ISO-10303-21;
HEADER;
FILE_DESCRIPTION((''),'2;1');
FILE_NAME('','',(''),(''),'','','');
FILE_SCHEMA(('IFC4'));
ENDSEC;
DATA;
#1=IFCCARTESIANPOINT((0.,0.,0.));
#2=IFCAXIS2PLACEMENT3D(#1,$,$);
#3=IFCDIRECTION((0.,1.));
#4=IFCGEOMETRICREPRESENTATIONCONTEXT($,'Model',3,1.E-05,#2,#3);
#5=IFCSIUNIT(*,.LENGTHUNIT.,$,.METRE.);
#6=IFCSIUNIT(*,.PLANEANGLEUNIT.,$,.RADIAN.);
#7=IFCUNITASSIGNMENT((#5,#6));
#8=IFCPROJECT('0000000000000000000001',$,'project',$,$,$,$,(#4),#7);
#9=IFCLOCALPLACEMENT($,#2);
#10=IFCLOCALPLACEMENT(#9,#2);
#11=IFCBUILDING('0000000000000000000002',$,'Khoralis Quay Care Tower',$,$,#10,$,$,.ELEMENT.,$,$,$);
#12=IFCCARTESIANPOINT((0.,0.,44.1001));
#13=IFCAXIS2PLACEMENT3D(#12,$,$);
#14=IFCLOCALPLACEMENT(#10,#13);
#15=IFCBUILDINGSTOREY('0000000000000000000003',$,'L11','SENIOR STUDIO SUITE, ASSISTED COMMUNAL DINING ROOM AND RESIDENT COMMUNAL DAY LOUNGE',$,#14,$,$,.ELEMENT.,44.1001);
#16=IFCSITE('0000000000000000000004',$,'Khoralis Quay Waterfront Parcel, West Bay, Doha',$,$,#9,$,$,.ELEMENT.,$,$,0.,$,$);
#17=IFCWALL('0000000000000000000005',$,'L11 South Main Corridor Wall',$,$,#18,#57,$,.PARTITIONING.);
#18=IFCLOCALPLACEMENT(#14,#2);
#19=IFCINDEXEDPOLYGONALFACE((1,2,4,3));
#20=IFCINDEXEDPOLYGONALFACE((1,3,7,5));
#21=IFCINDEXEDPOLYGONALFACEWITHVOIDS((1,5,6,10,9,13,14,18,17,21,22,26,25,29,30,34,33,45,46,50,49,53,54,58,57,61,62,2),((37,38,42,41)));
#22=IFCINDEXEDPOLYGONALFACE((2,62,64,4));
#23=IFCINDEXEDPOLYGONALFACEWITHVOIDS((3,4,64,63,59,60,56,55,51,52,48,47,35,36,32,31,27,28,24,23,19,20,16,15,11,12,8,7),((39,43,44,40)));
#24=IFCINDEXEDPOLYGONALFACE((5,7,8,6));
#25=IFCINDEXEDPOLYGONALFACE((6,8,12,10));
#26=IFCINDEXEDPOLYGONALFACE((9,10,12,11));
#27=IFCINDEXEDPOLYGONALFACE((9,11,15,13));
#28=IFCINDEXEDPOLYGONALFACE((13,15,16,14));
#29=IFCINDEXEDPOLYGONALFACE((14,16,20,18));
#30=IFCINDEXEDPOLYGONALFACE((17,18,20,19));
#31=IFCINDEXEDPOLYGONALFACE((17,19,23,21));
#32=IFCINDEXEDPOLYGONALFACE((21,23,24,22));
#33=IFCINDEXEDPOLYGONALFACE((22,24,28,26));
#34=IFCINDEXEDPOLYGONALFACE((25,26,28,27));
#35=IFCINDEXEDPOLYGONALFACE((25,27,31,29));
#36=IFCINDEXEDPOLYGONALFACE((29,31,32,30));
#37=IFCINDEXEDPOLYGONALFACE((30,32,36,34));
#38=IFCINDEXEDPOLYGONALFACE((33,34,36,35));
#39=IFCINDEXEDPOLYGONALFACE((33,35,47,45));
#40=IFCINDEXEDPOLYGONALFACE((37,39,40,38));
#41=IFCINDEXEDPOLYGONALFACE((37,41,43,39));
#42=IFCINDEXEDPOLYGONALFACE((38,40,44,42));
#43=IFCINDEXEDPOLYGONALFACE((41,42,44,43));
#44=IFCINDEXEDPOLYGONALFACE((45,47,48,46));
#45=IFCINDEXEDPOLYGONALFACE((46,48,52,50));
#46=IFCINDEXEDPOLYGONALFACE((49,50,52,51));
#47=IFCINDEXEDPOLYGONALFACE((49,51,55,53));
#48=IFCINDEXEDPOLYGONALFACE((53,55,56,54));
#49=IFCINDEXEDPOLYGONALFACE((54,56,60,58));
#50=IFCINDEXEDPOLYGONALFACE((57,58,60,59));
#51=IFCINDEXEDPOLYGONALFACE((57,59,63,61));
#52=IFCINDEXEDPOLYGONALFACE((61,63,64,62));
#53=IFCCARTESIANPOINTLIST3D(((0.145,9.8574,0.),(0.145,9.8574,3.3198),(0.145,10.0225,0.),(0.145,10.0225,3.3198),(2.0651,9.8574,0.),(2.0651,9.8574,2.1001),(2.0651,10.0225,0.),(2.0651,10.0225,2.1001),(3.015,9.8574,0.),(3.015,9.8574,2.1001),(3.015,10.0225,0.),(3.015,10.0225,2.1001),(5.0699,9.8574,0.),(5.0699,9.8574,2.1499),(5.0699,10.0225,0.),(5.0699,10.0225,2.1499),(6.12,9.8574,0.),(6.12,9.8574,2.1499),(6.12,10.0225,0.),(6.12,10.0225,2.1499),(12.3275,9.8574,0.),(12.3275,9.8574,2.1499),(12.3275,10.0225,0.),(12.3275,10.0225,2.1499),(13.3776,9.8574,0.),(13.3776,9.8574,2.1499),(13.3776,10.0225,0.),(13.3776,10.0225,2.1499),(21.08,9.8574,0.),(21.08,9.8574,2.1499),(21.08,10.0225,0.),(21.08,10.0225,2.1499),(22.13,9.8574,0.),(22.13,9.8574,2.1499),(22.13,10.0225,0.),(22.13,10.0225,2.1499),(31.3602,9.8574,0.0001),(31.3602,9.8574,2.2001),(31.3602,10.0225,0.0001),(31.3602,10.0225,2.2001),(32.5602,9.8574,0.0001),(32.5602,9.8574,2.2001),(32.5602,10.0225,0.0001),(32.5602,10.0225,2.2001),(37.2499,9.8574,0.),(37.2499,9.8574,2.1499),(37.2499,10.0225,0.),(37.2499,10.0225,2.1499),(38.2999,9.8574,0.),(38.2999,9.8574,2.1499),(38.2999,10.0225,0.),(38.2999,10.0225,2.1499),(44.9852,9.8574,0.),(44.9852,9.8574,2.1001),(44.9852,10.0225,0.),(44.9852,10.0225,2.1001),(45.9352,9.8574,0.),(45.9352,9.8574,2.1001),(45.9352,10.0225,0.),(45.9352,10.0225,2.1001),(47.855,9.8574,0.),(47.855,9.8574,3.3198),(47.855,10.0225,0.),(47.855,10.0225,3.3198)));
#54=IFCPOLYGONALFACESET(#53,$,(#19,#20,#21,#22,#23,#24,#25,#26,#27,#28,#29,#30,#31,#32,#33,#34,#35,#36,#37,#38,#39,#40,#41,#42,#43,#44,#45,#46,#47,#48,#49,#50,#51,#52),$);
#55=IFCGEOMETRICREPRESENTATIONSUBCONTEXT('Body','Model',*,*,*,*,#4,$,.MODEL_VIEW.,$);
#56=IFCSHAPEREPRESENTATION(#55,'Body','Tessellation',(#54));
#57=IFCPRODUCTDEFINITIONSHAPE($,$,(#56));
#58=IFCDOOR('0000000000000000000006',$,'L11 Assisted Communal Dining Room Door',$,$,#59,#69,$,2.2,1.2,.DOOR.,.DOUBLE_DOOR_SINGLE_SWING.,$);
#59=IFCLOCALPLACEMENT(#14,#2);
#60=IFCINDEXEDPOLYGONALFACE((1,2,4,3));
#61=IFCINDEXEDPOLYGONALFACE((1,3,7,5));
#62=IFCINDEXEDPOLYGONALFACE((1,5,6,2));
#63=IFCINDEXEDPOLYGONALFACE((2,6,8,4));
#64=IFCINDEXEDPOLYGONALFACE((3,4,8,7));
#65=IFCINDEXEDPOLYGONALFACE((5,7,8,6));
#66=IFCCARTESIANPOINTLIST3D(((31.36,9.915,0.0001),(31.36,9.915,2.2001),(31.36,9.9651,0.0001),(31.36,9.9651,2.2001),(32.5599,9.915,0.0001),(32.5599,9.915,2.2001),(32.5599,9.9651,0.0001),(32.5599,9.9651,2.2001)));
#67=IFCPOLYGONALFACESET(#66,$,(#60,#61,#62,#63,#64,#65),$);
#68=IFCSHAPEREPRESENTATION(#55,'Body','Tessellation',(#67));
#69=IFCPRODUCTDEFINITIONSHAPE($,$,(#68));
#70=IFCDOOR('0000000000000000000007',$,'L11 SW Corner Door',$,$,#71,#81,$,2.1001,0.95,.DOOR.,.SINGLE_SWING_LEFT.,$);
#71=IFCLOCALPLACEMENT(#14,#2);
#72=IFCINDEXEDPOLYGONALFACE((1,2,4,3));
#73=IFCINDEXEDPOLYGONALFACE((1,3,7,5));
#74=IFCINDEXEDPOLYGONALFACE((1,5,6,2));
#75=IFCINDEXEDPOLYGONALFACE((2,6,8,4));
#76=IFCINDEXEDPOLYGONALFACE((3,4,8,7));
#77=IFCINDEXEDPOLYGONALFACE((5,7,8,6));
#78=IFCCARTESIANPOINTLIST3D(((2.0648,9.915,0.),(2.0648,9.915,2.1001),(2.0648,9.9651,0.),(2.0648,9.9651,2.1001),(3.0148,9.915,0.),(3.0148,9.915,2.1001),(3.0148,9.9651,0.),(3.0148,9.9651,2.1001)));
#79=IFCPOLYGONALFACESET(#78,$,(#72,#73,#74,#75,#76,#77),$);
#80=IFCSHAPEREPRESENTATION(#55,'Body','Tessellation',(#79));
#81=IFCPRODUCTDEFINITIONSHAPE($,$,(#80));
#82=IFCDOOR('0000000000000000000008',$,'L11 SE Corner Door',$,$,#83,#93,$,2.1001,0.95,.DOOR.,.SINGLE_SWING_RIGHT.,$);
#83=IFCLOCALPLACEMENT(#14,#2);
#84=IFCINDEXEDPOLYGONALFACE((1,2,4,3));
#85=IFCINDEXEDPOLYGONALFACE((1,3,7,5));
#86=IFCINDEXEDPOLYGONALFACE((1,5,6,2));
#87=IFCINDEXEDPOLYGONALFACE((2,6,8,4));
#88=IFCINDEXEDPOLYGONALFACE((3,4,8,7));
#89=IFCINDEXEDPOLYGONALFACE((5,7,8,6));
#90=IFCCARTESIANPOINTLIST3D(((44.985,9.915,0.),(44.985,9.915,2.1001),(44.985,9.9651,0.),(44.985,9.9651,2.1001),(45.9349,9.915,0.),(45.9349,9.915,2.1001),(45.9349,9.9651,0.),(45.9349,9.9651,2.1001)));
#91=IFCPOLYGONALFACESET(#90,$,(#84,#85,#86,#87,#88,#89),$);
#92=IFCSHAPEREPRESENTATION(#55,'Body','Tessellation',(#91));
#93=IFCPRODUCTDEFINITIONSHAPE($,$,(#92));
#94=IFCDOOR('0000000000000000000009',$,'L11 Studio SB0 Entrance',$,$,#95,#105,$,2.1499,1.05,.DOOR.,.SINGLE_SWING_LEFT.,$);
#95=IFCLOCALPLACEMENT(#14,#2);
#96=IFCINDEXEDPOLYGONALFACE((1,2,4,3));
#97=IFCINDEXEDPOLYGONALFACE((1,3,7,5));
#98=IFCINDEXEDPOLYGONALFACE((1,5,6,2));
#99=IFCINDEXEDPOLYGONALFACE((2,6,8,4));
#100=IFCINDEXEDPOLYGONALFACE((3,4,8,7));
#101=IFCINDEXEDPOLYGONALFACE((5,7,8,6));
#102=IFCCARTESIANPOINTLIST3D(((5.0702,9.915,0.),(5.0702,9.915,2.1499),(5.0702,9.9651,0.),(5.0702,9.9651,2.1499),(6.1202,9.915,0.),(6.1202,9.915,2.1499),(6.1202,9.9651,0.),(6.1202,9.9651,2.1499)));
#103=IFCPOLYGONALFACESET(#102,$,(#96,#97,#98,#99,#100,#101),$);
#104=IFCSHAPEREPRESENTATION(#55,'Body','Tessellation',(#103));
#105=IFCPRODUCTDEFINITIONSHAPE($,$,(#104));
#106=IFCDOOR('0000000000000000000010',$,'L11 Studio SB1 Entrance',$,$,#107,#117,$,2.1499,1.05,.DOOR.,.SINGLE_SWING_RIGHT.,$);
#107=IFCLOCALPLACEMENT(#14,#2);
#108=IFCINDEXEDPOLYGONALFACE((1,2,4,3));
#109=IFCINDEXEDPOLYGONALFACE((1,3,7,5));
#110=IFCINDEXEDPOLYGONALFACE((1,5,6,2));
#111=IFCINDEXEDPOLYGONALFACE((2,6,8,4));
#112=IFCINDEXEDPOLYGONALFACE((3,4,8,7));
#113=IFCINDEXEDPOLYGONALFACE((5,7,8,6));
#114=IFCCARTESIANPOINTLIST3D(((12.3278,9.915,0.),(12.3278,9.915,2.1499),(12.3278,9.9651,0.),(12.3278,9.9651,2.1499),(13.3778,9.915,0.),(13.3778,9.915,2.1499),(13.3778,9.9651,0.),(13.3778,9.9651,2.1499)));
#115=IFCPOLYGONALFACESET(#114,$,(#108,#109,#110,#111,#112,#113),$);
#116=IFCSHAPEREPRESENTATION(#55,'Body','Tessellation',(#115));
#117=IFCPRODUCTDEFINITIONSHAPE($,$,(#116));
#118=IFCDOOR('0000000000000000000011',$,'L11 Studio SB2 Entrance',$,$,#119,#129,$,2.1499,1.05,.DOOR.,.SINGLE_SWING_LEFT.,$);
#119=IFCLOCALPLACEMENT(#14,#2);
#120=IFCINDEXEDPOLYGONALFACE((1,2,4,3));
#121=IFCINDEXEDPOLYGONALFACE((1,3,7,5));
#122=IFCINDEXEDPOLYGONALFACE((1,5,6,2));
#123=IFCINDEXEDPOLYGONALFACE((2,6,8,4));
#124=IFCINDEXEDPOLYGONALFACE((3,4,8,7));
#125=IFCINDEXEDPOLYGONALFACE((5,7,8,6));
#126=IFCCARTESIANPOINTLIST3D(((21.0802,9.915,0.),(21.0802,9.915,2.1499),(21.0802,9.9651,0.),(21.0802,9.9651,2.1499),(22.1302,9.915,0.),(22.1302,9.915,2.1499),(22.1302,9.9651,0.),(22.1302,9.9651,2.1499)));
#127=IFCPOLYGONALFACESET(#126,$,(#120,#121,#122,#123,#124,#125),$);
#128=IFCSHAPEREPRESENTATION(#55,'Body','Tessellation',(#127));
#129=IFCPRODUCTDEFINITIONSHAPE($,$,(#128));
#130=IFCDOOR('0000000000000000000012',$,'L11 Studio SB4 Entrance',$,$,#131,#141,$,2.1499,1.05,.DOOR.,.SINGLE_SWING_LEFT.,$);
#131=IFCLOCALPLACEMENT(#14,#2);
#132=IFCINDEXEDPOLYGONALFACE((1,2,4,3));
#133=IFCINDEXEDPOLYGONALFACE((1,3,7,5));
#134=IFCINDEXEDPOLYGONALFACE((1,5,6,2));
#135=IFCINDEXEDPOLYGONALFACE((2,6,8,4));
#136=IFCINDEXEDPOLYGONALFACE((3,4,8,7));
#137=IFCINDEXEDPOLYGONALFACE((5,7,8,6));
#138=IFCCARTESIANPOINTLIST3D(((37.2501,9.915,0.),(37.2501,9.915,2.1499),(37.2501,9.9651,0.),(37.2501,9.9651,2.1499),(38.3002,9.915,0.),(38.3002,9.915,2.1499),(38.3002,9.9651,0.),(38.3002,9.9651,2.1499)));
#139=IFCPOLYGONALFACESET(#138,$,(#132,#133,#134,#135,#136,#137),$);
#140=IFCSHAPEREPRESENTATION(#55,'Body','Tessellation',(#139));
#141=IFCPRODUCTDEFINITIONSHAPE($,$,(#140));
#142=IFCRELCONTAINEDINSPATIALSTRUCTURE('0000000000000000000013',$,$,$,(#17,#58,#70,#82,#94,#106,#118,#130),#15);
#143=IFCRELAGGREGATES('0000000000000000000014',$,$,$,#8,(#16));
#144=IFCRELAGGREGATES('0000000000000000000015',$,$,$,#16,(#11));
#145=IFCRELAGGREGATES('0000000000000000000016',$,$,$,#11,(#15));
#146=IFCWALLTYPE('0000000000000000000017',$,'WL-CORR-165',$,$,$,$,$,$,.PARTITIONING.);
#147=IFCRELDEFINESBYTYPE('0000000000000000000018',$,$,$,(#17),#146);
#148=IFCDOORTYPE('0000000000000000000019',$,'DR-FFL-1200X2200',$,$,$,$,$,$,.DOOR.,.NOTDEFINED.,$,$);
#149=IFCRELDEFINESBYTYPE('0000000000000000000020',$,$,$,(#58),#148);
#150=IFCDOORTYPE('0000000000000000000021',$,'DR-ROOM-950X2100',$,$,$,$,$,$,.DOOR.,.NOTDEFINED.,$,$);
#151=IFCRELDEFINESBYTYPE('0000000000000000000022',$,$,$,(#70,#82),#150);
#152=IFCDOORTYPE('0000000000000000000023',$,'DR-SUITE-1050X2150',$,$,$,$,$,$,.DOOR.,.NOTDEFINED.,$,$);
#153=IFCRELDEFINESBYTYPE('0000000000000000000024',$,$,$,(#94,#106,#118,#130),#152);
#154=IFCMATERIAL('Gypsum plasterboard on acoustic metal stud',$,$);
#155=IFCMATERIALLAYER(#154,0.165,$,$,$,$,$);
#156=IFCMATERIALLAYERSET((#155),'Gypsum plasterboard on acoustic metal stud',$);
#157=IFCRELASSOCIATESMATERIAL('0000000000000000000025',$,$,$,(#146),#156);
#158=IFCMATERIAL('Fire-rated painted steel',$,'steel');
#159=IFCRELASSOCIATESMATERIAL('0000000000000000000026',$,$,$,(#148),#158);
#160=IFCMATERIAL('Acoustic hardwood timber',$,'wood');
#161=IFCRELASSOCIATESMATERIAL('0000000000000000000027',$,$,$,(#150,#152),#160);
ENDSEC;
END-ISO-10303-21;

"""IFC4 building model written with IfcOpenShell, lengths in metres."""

from ifc_helpers import new_model, si_unit, direction, frame, frame_2d, origin, place, context, subcontext, project, spatial, rectangle, extrude, source, transform, mapped, material, layer, layer_set, type_object, element, fill, save


model = new_model("IFC4")

# Units and contexts
model_context = context("Model", 3, precision=1e-05, world=origin(), true_north=direction((0.0, 1.0)))
body_context = subcontext(model_context, "Body", "Model", "MODEL_VIEW")
ifc_project = project(units=[si_unit("LENGTHUNIT", "METRE"), si_unit("PLANEANGLEUNIT", "RADIAN")], contexts=[model_context])

# Site, building, storey
site_placement = place(None, origin())
site = spatial("IfcSite", under=ifc_project, at=site_placement, Name="Khoralis Quay Waterfront Parcel, West Bay, Doha", CompositionType="ELEMENT", RefElevation=0.0)
building_placement = place(site_placement, origin())
building = spatial("IfcBuilding", under=site, at=building_placement, Name="Khoralis Quay Care Tower", CompositionType="ELEMENT")
storey_placement = place(building_placement, frame((0.0, 0.0, 44.1001)))
storey = spatial("IfcBuildingStorey", under=building, at=storey_placement, Name="L11", Description="SENIOR STUDIO SUITE, ASSISTED COMMUNAL DINING ROOM AND RESIDENT COMMUNAL DAY LOUNGE", CompositionType="ELEMENT", Elevation=44.1001)

# Wall, openings, doors
ifc_material_1 = material(Name="Gypsum plasterboard on acoustic metal stud")
ifc_layer_1 = layer(ifc_material_1, 0.165)
ifc_layer_set_1 = layer_set([ifc_layer_1], Name="Gypsum plasterboard on acoustic metal stud")
wall_type_1 = type_object("IfcWallType", Name="WL-CORR-165", PredefinedType="PARTITIONING", material=ifc_layer_set_1)
wall_1_placement = place(storey_placement, frame((0.145, 9.9399, 0.0), z_axis=(0.0, 0.0, 1.0), x_axis=(1.0, 0.0, 0.0)))
wall_1 = element("IfcWall", 1, at=wall_1_placement, inside=storey, type_object=wall_type_1, Name="L11 South Main Corridor Wall", PredefinedType="PARTITIONING", context=body_context, shape_type="SweptSolid", body=[
    extrude(rectangle(XDim=47.71, YDim=0.165, at=frame_2d((23.855, 0.0))), origin(), (0.0, 0.0, 1.0), 3.3198),
])
opening_1_placement = place(wall_1_placement, frame((4.925, 0.0, 0.0)))
opening_1 = element("IfcOpeningElement", 2, at=opening_1_placement, cuts=wall_1, PredefinedType="OPENING", context=body_context, shape_type="SweptSolid", body=[
    extrude(rectangle(XDim=1.05, YDim=2.1499, at=frame_2d((0.5249, 1.075))), frame((0.0, 0.0925, 0.0), z_axis=(0.0, -1.0, 0.0), x_axis=(1.0, 0.0, 0.0)), (0.0, 0.0, 1.0), 0.1851),
])
opening_2_placement = place(wall_1_placement, frame((12.1826, 0.0, 0.0)))
opening_2 = element("IfcOpeningElement", 3, at=opening_2_placement, cuts=wall_1, PredefinedType="OPENING", context=body_context, shape_type="SweptSolid", body=[
    extrude(rectangle(XDim=1.05, YDim=2.1499, at=frame_2d((0.5249, 1.075))), frame((0.0, 0.0925, 0.0), z_axis=(0.0, -1.0, 0.0), x_axis=(1.0, 0.0, 0.0)), (0.0, 0.0, 1.0), 0.1851),
])
opening_3_placement = place(wall_1_placement, frame((20.9351, 0.0, 0.0)))
opening_3 = element("IfcOpeningElement", 4, at=opening_3_placement, cuts=wall_1, PredefinedType="OPENING", context=body_context, shape_type="SweptSolid", body=[
    extrude(rectangle(XDim=1.05, YDim=2.1499, at=frame_2d((0.5249, 1.075))), frame((0.0, 0.0925, 0.0), z_axis=(0.0, -1.0, 0.0), x_axis=(1.0, 0.0, 0.0)), (0.0, 0.0, 1.0), 0.1851),
])
opening_4_placement = place(wall_1_placement, frame((31.2151, 0.0, 0.0)))
opening_4 = element("IfcOpeningElement", 5, at=opening_4_placement, cuts=wall_1, PredefinedType="OPENING", context=body_context, shape_type="SweptSolid", body=[
    extrude(rectangle(XDim=1.2, YDim=2.2, at=frame_2d((0.6001, 1.1001))), frame((0.0, 0.0925, 0.0), z_axis=(0.0, -1.0, 0.0), x_axis=(1.0, 0.0, 0.0)), (0.0, 0.0, 1.0), 0.1851),
])
opening_5_placement = place(wall_1_placement, frame((37.105, 0.0, 0.0)))
opening_5 = element("IfcOpeningElement", 6, at=opening_5_placement, cuts=wall_1, PredefinedType="OPENING", context=body_context, shape_type="SweptSolid", body=[
    extrude(rectangle(XDim=1.05, YDim=2.1499, at=frame_2d((0.5249, 1.075))), frame((0.0, 0.0925, 0.0), z_axis=(0.0, -1.0, 0.0), x_axis=(1.0, 0.0, 0.0)), (0.0, 0.0, 1.0), 0.1851),
])
opening_6_placement = place(wall_1_placement, frame((1.9199, 0.0, 0.0)))
opening_6 = element("IfcOpeningElement", 7, at=opening_6_placement, cuts=wall_1, PredefinedType="OPENING", context=body_context, shape_type="SweptSolid", body=[
    extrude(rectangle(XDim=0.95, YDim=2.1001, at=frame_2d((0.4751, 1.05))), frame((0.0, 0.0925, 0.0), z_axis=(0.0, -1.0, 0.0), x_axis=(1.0, 0.0, 0.0)), (0.0, 0.0, 1.0), 0.1851),
])
opening_7_placement = place(wall_1_placement, frame((44.8401, 0.0, 0.0)))
opening_7 = element("IfcOpeningElement", 8, at=opening_7_placement, cuts=wall_1, PredefinedType="OPENING", context=body_context, shape_type="SweptSolid", body=[
    extrude(rectangle(XDim=0.95, YDim=2.1001, at=frame_2d((0.4751, 1.05))), frame((0.0, 0.0925, 0.0), z_axis=(0.0, -1.0, 0.0), x_axis=(1.0, 0.0, 0.0)), (0.0, 0.0, 1.0), 0.1851),
])
ifc_material_2 = material(Name="Fire-rated painted steel", Category="steel")
door_type_1 = type_object("IfcDoorType", Name="DR-FFL-1200X2200", OperationType="NOTDEFINED", PredefinedType="DOOR", material=ifc_material_2)
shared_shape_1 = source(origin(), body_context, "Body", "SweptSolid", [
    extrude(rectangle(XDim=1.2, YDim=2.2, at=frame_2d((0.6001, 1.1001))), frame((0.0, 0.0249, 0.0), z_axis=(0.0, -1.0, 0.0), x_axis=(1.0, 0.0, 0.0)), (0.0, 0.0, 1.0), 0.05),
])
door_1_placement = place(opening_4_placement, frame((1.2, 0.0, 0.0), z_axis=(0.0, 0.0, 1.0), x_axis=(-1.0, 0.0, 0.0)))
door_1 = element("IfcDoor", 9, at=door_1_placement, inside=storey, type_object=door_type_1, Name="L11 Assisted Communal Dining Room Door", OperationType="DOUBLE_DOOR_SINGLE_SWING", OverallHeight=2.2, OverallWidth=1.2, PredefinedType="DOOR", context=body_context, shape_type="MappedRepresentation", body=[
    mapped(shared_shape_1, transform((0.0, 0.0, 0.0), scale=1.0)),
])
fill(opening_4, door_1)
ifc_material_3 = material(Name="Acoustic hardwood timber", Category="wood")
door_type_2 = type_object("IfcDoorType", Name="DR-ROOM-950X2100", OperationType="NOTDEFINED", PredefinedType="DOOR", material=ifc_material_3)
shared_shape_2 = source(origin(), body_context, "Body", "SweptSolid", [
    extrude(rectangle(XDim=0.95, YDim=2.1001, at=frame_2d((0.4751, 1.05))), frame((0.0, 0.0249, 0.0), z_axis=(0.0, -1.0, 0.0), x_axis=(1.0, 0.0, 0.0)), (0.0, 0.0, 1.0), 0.05),
])
door_2_placement = place(opening_6_placement, frame((0.95, 0.0, 0.0), z_axis=(0.0, 0.0, 1.0), x_axis=(-1.0, 0.0, 0.0)))
door_2 = element("IfcDoor", 10, at=door_2_placement, inside=storey, type_object=door_type_2, Name="L11 SW Corner Door", OperationType="SINGLE_SWING_LEFT", OverallHeight=2.1001, OverallWidth=0.95, PredefinedType="DOOR", context=body_context, shape_type="MappedRepresentation", body=[
    mapped(shared_shape_2, transform((0.0, 0.0, 0.0), scale=1.0)),
])
fill(opening_6, door_2)
door_3_placement = place(opening_7_placement, frame((0.95, 0.0, 0.0), z_axis=(0.0, 0.0, 1.0), x_axis=(-1.0, 0.0, 0.0)))
door_3 = element("IfcDoor", 11, at=door_3_placement, inside=storey, type_object=door_type_2, Name="L11 SE Corner Door", OperationType="SINGLE_SWING_RIGHT", OverallHeight=2.1001, OverallWidth=0.95, PredefinedType="DOOR", context=body_context, shape_type="MappedRepresentation", body=[
    mapped(shared_shape_2, transform((0.0, 0.0, 0.0), scale=1.0)),
])
fill(opening_7, door_3)
door_type_3 = type_object("IfcDoorType", Name="DR-SUITE-1050X2150", OperationType="NOTDEFINED", PredefinedType="DOOR", material=ifc_material_3)
shared_shape_3 = source(origin(), body_context, "Body", "SweptSolid", [
    extrude(rectangle(XDim=1.05, YDim=2.1499, at=frame_2d((0.5249, 1.075))), frame((0.0, 0.0249, 0.0), z_axis=(0.0, -1.0, 0.0), x_axis=(1.0, 0.0, 0.0)), (0.0, 0.0, 1.0), 0.05),
])
door_4_placement = place(opening_1_placement, frame((1.05, 0.0, 0.0), z_axis=(0.0, 0.0, 1.0), x_axis=(-1.0, 0.0, 0.0)))
door_4 = element("IfcDoor", 12, at=door_4_placement, inside=storey, type_object=door_type_3, Name="L11 Studio SB0 Entrance", OperationType="SINGLE_SWING_LEFT", OverallHeight=2.1499, OverallWidth=1.05, PredefinedType="DOOR", context=body_context, shape_type="MappedRepresentation", body=[
    mapped(shared_shape_3, transform((0.0, 0.0, 0.0), scale=1.0)),
])
fill(opening_1, door_4)
door_5_placement = place(opening_2_placement, frame((1.05, 0.0, 0.0), z_axis=(0.0, 0.0, 1.0), x_axis=(-1.0, 0.0, 0.0)))
door_5 = element("IfcDoor", 13, at=door_5_placement, inside=storey, type_object=door_type_3, Name="L11 Studio SB1 Entrance", OperationType="SINGLE_SWING_RIGHT", OverallHeight=2.1499, OverallWidth=1.05, PredefinedType="DOOR", context=body_context, shape_type="MappedRepresentation", body=[
    mapped(shared_shape_3, transform((0.0, 0.0, 0.0), scale=1.0)),
])
fill(opening_2, door_5)
door_6_placement = place(opening_3_placement, frame((1.05, 0.0, 0.0), z_axis=(0.0, 0.0, 1.0), x_axis=(-1.0, 0.0, 0.0)))
door_6 = element("IfcDoor", 14, at=door_6_placement, inside=storey, type_object=door_type_3, Name="L11 Studio SB2 Entrance", OperationType="SINGLE_SWING_LEFT", OverallHeight=2.1499, OverallWidth=1.05, PredefinedType="DOOR", context=body_context, shape_type="MappedRepresentation", body=[
    mapped(shared_shape_3, transform((0.0, 0.0, 0.0), scale=1.0)),
])
fill(opening_3, door_6)
door_7_placement = place(opening_5_placement, frame((1.05, 0.0, 0.0), z_axis=(0.0, 0.0, 1.0), x_axis=(-1.0, 0.0, 0.0)))
door_7 = element("IfcDoor", 15, at=door_7_placement, inside=storey, type_object=door_type_3, Name="L11 Studio SB4 Entrance", OperationType="SINGLE_SWING_LEFT", OverallHeight=2.1499, OverallWidth=1.05, PredefinedType="DOOR", context=body_context, shape_type="MappedRepresentation", body=[
    mapped(shared_shape_3, transform((0.0, 0.0, 0.0), scale=1.0)),
])
fill(opening_5, door_7)

save(model, "model.ifc")
